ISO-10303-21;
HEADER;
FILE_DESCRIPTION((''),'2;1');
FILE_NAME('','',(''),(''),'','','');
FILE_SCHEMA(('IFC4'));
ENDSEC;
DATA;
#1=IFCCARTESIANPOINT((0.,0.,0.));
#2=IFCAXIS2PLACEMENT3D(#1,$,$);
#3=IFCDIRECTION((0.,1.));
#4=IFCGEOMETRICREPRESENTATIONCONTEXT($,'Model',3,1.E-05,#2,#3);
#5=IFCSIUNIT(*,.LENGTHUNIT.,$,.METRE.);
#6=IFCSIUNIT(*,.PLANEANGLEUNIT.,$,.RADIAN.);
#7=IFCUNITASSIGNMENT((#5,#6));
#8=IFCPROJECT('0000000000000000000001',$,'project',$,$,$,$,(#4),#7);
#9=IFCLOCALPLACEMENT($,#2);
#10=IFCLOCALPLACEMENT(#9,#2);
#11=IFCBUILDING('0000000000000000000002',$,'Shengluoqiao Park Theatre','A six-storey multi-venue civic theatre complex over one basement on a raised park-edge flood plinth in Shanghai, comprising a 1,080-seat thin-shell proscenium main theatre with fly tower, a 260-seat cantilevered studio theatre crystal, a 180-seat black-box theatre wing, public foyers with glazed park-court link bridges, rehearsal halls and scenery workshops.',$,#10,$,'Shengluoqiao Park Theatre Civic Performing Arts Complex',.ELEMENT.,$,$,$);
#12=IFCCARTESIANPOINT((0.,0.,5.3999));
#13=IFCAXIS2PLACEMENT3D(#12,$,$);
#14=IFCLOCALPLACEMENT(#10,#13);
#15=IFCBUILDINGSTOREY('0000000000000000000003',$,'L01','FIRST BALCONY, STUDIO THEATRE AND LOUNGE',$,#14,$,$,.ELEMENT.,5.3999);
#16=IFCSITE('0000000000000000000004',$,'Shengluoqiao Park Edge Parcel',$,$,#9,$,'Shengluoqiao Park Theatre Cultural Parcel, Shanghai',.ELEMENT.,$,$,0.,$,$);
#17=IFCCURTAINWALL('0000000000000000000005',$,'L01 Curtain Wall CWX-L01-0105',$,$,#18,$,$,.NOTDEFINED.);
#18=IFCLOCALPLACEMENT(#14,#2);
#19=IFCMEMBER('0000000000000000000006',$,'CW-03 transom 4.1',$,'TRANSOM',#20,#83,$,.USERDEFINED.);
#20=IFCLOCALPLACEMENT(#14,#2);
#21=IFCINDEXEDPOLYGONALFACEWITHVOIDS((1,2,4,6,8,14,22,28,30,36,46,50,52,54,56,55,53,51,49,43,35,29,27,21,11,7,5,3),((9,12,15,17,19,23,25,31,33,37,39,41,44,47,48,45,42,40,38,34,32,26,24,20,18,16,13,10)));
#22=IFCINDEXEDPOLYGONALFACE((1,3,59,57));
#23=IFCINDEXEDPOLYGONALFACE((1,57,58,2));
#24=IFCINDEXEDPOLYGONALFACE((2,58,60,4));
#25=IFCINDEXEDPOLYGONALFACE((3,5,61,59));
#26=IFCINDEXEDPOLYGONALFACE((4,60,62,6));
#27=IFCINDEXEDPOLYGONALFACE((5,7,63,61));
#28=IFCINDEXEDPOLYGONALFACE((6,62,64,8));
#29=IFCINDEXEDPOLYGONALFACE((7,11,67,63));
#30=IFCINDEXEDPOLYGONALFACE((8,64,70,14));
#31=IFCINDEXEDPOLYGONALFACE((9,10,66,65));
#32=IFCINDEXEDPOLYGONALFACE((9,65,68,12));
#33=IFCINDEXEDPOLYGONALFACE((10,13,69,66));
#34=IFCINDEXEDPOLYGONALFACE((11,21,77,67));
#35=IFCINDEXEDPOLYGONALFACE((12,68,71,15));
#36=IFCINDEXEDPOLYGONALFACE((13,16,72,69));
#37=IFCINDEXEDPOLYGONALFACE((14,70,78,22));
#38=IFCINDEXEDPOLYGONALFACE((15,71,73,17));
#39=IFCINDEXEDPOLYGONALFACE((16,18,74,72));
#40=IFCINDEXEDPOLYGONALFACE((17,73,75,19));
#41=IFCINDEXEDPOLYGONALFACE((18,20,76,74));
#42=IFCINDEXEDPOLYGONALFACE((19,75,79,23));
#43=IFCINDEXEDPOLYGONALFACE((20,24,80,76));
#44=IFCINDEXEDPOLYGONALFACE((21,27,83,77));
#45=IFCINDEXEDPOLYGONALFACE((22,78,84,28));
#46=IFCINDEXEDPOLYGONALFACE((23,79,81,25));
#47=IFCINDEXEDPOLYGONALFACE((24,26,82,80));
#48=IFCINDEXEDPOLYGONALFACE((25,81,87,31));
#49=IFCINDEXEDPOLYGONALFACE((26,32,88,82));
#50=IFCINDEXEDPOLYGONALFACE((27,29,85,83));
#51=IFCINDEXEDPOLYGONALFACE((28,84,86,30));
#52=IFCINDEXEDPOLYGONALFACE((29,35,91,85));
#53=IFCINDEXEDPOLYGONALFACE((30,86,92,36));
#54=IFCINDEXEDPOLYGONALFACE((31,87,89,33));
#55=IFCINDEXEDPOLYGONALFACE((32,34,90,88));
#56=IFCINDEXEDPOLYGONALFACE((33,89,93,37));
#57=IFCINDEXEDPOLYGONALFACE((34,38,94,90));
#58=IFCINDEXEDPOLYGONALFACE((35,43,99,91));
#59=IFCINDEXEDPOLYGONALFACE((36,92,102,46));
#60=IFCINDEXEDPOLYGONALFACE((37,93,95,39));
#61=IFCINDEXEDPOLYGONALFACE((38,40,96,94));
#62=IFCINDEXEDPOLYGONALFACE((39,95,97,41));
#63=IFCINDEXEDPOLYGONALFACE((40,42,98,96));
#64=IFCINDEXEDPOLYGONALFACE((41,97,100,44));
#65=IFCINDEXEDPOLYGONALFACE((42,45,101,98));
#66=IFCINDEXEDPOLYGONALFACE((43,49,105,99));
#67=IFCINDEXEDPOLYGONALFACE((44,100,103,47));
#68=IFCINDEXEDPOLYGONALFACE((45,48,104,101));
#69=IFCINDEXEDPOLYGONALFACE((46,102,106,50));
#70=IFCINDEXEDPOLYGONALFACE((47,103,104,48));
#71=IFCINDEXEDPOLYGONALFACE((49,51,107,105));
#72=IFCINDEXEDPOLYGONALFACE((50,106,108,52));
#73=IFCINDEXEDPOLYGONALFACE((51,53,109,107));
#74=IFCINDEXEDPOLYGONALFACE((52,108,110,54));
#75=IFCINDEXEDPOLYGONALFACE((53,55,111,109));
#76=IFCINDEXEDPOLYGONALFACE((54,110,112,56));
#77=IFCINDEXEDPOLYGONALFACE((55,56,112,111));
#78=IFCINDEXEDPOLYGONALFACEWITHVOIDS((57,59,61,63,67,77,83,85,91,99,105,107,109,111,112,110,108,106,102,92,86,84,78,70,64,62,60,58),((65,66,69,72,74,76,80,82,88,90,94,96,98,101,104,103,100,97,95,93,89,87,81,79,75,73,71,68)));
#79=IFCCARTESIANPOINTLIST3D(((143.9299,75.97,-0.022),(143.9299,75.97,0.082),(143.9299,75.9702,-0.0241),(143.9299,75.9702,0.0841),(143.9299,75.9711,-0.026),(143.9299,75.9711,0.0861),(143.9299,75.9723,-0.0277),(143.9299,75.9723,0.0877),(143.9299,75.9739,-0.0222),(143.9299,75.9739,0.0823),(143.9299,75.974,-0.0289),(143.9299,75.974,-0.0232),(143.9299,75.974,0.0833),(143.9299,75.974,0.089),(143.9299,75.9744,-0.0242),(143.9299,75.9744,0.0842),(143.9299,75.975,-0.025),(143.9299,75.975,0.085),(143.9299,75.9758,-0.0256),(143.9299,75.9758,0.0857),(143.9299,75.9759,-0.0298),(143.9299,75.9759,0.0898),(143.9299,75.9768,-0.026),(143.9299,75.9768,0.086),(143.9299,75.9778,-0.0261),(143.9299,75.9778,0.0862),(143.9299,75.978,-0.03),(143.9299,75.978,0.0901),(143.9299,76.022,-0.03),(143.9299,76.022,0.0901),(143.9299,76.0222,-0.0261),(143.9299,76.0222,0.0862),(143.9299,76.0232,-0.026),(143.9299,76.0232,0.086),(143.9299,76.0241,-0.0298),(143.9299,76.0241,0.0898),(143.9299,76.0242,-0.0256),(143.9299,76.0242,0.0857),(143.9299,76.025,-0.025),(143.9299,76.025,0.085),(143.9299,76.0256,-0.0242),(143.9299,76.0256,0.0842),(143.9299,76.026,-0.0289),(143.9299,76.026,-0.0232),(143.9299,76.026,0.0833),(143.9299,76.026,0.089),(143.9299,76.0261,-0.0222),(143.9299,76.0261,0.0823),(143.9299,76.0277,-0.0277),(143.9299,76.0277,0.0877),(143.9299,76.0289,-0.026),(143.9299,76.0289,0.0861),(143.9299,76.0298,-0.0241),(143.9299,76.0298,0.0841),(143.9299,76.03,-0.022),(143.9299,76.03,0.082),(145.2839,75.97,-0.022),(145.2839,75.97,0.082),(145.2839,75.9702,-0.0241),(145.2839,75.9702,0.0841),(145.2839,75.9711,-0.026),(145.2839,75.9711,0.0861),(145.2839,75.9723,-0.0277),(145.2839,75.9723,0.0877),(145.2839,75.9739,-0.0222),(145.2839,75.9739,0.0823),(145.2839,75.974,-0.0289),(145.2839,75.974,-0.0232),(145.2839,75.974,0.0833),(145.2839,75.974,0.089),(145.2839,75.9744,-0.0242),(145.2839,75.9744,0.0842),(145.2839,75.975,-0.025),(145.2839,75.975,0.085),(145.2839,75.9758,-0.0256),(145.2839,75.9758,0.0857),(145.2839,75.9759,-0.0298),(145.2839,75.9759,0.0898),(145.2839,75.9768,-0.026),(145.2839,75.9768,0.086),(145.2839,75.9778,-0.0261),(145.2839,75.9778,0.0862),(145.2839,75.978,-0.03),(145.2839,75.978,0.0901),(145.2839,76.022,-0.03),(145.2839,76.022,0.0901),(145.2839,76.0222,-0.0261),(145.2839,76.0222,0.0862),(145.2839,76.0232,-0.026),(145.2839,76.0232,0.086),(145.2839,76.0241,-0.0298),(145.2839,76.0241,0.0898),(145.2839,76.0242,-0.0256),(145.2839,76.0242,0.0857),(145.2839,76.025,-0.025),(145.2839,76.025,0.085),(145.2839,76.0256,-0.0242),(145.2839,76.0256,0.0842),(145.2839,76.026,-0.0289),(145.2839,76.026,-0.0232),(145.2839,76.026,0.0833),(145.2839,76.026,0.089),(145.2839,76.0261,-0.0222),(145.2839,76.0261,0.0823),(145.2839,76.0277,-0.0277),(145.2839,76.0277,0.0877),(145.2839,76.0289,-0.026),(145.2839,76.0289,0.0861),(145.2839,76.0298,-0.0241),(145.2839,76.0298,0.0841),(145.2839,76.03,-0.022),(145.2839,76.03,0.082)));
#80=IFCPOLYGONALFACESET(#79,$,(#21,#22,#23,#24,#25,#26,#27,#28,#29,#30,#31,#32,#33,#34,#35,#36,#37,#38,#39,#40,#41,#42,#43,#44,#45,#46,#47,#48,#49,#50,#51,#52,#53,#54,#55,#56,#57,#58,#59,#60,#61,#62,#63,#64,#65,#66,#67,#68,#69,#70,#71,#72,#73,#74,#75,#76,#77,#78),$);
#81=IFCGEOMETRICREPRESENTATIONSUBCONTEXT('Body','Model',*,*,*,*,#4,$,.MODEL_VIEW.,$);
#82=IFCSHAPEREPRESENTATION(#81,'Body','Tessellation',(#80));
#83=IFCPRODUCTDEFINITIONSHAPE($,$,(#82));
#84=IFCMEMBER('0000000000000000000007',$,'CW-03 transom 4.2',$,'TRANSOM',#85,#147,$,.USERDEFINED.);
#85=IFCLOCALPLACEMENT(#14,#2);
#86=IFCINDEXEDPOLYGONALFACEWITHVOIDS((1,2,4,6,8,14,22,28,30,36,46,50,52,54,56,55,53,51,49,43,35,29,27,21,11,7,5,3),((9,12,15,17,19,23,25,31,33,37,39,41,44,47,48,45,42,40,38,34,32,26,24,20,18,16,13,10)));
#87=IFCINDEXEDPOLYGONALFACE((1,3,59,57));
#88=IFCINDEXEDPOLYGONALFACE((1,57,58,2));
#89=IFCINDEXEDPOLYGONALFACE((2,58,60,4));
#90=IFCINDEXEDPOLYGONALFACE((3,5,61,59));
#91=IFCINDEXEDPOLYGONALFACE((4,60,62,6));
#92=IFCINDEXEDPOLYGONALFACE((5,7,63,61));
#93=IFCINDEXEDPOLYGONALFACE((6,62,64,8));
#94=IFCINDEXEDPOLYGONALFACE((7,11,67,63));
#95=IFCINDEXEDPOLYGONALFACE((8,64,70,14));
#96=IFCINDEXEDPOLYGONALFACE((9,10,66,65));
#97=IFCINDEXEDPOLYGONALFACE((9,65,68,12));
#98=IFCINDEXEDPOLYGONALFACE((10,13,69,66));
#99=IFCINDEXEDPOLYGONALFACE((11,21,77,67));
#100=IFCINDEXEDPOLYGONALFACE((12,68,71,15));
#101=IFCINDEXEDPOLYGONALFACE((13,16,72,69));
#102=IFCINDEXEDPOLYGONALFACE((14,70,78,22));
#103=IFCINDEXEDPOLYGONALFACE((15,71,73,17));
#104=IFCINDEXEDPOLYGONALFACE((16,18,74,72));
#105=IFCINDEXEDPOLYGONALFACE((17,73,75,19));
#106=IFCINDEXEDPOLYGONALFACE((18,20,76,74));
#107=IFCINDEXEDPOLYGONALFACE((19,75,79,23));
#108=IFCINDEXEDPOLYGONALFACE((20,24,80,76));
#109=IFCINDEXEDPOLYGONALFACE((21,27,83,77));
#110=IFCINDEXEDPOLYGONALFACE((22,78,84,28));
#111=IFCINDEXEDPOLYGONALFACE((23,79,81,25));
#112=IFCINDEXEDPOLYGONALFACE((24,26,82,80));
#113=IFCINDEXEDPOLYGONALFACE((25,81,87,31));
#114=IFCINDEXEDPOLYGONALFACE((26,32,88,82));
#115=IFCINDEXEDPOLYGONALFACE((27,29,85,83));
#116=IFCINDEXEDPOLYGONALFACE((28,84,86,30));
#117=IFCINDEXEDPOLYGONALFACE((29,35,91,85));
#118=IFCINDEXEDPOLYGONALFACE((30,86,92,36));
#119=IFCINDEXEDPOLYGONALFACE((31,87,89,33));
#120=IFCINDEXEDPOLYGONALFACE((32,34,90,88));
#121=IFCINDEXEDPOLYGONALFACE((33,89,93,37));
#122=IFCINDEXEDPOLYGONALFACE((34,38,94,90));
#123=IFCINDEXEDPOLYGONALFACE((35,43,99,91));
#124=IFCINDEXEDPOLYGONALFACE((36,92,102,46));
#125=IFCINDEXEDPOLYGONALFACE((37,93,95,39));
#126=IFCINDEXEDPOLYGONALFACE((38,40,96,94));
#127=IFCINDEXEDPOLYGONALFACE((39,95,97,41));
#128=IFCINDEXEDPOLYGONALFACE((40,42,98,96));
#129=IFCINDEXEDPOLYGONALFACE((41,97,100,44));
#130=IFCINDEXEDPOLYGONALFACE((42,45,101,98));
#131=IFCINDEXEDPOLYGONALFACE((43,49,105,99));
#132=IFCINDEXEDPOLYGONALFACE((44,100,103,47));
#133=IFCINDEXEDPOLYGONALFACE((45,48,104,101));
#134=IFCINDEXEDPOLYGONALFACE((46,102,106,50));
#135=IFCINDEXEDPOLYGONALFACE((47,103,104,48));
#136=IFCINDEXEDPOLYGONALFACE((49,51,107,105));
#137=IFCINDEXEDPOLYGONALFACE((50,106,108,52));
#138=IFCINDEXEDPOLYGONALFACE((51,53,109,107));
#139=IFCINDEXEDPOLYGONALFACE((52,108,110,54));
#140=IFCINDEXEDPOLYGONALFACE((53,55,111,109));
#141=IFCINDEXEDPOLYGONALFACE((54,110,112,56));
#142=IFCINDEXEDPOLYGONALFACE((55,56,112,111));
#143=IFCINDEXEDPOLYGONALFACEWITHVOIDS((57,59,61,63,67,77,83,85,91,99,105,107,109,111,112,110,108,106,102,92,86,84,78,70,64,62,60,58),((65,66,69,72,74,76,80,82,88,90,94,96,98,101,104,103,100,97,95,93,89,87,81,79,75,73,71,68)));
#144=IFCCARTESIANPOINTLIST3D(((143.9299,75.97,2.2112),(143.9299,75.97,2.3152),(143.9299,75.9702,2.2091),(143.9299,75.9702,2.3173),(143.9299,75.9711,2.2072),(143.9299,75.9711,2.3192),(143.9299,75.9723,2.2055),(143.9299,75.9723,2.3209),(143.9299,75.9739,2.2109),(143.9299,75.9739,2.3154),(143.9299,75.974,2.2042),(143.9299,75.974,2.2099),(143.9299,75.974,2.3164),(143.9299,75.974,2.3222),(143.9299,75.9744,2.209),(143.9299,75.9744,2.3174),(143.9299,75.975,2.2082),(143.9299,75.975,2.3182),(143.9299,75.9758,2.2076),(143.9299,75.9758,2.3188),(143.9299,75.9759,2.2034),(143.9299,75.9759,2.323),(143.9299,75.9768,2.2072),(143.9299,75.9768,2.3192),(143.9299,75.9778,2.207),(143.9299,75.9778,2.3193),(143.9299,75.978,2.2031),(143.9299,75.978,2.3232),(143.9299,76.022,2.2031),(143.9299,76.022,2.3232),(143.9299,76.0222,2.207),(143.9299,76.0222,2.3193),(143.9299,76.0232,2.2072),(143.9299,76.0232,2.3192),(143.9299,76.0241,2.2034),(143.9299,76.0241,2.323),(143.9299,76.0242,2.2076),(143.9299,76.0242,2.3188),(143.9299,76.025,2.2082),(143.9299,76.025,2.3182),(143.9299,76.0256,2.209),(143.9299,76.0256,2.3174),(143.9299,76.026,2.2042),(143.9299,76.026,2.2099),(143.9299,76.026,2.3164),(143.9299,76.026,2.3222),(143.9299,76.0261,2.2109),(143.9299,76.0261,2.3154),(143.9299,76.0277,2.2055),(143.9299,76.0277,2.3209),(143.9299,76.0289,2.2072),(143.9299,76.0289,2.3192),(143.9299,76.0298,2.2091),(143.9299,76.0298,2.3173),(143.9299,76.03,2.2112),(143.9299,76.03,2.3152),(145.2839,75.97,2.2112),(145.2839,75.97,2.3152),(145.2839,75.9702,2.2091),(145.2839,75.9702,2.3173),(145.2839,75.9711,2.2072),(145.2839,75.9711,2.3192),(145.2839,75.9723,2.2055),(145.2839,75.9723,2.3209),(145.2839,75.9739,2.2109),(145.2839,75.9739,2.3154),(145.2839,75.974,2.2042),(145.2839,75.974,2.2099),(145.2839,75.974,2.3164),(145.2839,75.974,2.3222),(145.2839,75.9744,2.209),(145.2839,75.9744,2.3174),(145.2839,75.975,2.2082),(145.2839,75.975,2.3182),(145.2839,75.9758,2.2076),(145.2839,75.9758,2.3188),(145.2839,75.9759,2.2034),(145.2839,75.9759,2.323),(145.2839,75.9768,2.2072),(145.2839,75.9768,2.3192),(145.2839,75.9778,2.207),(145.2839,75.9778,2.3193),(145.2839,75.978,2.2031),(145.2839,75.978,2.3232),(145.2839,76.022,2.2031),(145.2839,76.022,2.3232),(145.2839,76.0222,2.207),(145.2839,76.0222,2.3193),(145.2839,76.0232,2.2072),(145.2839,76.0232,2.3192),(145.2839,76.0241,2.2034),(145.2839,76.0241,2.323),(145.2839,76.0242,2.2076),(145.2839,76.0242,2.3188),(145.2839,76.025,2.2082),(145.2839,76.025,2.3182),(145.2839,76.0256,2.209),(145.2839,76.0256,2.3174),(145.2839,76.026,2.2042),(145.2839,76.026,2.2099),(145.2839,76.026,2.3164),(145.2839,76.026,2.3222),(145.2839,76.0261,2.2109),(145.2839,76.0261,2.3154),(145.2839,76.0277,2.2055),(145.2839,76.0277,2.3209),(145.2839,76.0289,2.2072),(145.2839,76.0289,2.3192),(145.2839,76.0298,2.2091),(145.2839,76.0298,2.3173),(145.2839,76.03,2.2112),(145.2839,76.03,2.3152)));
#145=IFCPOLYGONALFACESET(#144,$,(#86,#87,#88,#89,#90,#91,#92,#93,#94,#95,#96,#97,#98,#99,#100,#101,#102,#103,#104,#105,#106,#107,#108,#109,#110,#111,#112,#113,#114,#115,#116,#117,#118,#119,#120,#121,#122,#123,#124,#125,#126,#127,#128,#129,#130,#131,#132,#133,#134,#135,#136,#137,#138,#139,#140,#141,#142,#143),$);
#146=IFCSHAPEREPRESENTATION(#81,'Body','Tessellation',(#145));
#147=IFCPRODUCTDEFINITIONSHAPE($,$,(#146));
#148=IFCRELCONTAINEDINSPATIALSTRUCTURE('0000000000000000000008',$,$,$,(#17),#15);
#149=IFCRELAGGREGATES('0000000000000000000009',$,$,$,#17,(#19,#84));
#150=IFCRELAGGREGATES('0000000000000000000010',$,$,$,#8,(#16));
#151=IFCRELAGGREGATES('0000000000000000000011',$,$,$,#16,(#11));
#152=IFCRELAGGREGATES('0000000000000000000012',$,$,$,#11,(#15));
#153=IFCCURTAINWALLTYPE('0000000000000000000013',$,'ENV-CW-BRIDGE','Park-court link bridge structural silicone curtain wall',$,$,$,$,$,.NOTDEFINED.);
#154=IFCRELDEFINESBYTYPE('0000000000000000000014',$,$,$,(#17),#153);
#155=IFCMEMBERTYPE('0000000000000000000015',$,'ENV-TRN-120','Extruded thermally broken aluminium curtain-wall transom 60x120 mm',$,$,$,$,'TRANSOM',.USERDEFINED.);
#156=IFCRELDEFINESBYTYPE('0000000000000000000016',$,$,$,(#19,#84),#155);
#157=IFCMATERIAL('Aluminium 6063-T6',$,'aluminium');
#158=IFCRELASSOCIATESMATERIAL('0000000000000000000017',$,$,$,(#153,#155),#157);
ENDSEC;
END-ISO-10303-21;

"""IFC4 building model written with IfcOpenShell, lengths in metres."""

from ifc_helpers import new_model, si_unit, direction, frame, origin, origin_2d, place, context, subcontext, project, spatial, hollow_rectangle, extrude, material, material_profile, profile_set, type_object, element, aggregate, save


model = new_model("IFC4")

# Units and contexts
model_context = context("Model", 3, precision=1e-05, world=origin(), true_north=direction((0.0, 1.0)))
body_context = subcontext(model_context, "Body", "Model", "MODEL_VIEW")
ifc_project = project(units=[si_unit("LENGTHUNIT", "METRE"), si_unit("PLANEANGLEUNIT", "RADIAN")], contexts=[model_context])

# Site, building, storey
site_placement = place(None, origin())
site = spatial("IfcSite", under=ifc_project, at=site_placement, Name="Shengluoqiao Park Edge Parcel", LongName="Shengluoqiao Park Theatre Cultural Parcel, Shanghai", CompositionType="ELEMENT", RefElevation=0.0)
building_placement = place(site_placement, origin())
building = spatial("IfcBuilding", under=site, at=building_placement, Name="Shengluoqiao Park Theatre", Description="A six-storey multi-venue civic theatre complex over one basement on a raised park-edge flood plinth in Shanghai, comprising a 1,080-seat thin-shell proscenium main theatre with fly tower, a 260-seat cantilevered studio theatre crystal, a 180-seat black-box theatre wing, public foyers with glazed park-court link bridges, rehearsal halls and scenery workshops.", LongName="Shengluoqiao Park Theatre Civic Performing Arts Complex", CompositionType="ELEMENT")
storey_placement = place(building_placement, frame((0.0, 0.0, 5.3999)))
storey = spatial("IfcBuildingStorey", under=building, at=storey_placement, Name="L01", Description="FIRST BALCONY, STUDIO THEATRE AND LOUNGE", CompositionType="ELEMENT", Elevation=5.3999)

# Curtain wall, members
ifc_material_1 = material(Name="Aluminium 6063-T6", Category="aluminium")
curtain_wall_type = type_object("IfcCurtainWallType", Name="ENV-CW-BRIDGE", Description="Park-court link bridge structural silicone curtain wall", PredefinedType="NOTDEFINED", material=ifc_material_1)
curtain_wall_placement = place(storey_placement, origin())
curtain_wall = element("IfcCurtainWall", 1, at=curtain_wall_placement, inside=storey, type_object=curtain_wall_type, Name="L01 Curtain Wall CWX-L01-0105", PredefinedType="NOTDEFINED")
ifc_material_profile_1 = material_profile(ifc_material_1, hollow_rectangle(XDim=0.0601, YDim=0.1201, WallThickness=0.0039, InnerFilletRadius=0.0039, OuterFilletRadius=0.0081, at=origin_2d()), Name="ALU TRANSOM 120x60x4")
ifc_profile_set_1 = profile_set([ifc_material_profile_1], Name="Aluminium 6063-T6")
member_type_1 = type_object("IfcMemberType", Name="ENV-TRN-120", Description="Extruded thermally broken aluminium curtain-wall transom 60x120 mm", ElementType="TRANSOM", PredefinedType="USERDEFINED", material=ifc_profile_set_1)
member_1_placement = place(storey_placement, frame((143.9299, 76.0, 0.03), z_axis=(1.0, 0.0, 0.0), x_axis=(0.0, 1.0, 0.0)))
member_1 = element("IfcMember", 2, at=member_1_placement, type_object=member_type_1, Name="CW-03 transom 4.1", ObjectType="TRANSOM", PredefinedType="USERDEFINED", context=body_context, shape_type="SweptSolid", body=[
    extrude(hollow_rectangle(XDim=0.0601, YDim=0.1201, WallThickness=0.0039, InnerFilletRadius=0.0039, OuterFilletRadius=0.0081, at=origin_2d()), origin(), (0.0, 0.0, 1.0), 1.354),
])
member_2_placement = place(storey_placement, frame((143.9299, 76.0, 2.2632), z_axis=(1.0, 0.0, 0.0), x_axis=(0.0, 1.0, 0.0)))
member_2 = element("IfcMember", 3, at=member_2_placement, type_object=member_type_1, Name="CW-03 transom 4.2", ObjectType="TRANSOM", PredefinedType="USERDEFINED", context=body_context, shape_type="SweptSolid", body=[
    extrude(hollow_rectangle(XDim=0.0601, YDim=0.1201, WallThickness=0.0039, InnerFilletRadius=0.0039, OuterFilletRadius=0.0081, at=origin_2d()), origin(), (0.0, 0.0, 1.0), 1.354),
])

aggregate(curtain_wall, [member_1, member_2])

save(model, "model.ifc")
